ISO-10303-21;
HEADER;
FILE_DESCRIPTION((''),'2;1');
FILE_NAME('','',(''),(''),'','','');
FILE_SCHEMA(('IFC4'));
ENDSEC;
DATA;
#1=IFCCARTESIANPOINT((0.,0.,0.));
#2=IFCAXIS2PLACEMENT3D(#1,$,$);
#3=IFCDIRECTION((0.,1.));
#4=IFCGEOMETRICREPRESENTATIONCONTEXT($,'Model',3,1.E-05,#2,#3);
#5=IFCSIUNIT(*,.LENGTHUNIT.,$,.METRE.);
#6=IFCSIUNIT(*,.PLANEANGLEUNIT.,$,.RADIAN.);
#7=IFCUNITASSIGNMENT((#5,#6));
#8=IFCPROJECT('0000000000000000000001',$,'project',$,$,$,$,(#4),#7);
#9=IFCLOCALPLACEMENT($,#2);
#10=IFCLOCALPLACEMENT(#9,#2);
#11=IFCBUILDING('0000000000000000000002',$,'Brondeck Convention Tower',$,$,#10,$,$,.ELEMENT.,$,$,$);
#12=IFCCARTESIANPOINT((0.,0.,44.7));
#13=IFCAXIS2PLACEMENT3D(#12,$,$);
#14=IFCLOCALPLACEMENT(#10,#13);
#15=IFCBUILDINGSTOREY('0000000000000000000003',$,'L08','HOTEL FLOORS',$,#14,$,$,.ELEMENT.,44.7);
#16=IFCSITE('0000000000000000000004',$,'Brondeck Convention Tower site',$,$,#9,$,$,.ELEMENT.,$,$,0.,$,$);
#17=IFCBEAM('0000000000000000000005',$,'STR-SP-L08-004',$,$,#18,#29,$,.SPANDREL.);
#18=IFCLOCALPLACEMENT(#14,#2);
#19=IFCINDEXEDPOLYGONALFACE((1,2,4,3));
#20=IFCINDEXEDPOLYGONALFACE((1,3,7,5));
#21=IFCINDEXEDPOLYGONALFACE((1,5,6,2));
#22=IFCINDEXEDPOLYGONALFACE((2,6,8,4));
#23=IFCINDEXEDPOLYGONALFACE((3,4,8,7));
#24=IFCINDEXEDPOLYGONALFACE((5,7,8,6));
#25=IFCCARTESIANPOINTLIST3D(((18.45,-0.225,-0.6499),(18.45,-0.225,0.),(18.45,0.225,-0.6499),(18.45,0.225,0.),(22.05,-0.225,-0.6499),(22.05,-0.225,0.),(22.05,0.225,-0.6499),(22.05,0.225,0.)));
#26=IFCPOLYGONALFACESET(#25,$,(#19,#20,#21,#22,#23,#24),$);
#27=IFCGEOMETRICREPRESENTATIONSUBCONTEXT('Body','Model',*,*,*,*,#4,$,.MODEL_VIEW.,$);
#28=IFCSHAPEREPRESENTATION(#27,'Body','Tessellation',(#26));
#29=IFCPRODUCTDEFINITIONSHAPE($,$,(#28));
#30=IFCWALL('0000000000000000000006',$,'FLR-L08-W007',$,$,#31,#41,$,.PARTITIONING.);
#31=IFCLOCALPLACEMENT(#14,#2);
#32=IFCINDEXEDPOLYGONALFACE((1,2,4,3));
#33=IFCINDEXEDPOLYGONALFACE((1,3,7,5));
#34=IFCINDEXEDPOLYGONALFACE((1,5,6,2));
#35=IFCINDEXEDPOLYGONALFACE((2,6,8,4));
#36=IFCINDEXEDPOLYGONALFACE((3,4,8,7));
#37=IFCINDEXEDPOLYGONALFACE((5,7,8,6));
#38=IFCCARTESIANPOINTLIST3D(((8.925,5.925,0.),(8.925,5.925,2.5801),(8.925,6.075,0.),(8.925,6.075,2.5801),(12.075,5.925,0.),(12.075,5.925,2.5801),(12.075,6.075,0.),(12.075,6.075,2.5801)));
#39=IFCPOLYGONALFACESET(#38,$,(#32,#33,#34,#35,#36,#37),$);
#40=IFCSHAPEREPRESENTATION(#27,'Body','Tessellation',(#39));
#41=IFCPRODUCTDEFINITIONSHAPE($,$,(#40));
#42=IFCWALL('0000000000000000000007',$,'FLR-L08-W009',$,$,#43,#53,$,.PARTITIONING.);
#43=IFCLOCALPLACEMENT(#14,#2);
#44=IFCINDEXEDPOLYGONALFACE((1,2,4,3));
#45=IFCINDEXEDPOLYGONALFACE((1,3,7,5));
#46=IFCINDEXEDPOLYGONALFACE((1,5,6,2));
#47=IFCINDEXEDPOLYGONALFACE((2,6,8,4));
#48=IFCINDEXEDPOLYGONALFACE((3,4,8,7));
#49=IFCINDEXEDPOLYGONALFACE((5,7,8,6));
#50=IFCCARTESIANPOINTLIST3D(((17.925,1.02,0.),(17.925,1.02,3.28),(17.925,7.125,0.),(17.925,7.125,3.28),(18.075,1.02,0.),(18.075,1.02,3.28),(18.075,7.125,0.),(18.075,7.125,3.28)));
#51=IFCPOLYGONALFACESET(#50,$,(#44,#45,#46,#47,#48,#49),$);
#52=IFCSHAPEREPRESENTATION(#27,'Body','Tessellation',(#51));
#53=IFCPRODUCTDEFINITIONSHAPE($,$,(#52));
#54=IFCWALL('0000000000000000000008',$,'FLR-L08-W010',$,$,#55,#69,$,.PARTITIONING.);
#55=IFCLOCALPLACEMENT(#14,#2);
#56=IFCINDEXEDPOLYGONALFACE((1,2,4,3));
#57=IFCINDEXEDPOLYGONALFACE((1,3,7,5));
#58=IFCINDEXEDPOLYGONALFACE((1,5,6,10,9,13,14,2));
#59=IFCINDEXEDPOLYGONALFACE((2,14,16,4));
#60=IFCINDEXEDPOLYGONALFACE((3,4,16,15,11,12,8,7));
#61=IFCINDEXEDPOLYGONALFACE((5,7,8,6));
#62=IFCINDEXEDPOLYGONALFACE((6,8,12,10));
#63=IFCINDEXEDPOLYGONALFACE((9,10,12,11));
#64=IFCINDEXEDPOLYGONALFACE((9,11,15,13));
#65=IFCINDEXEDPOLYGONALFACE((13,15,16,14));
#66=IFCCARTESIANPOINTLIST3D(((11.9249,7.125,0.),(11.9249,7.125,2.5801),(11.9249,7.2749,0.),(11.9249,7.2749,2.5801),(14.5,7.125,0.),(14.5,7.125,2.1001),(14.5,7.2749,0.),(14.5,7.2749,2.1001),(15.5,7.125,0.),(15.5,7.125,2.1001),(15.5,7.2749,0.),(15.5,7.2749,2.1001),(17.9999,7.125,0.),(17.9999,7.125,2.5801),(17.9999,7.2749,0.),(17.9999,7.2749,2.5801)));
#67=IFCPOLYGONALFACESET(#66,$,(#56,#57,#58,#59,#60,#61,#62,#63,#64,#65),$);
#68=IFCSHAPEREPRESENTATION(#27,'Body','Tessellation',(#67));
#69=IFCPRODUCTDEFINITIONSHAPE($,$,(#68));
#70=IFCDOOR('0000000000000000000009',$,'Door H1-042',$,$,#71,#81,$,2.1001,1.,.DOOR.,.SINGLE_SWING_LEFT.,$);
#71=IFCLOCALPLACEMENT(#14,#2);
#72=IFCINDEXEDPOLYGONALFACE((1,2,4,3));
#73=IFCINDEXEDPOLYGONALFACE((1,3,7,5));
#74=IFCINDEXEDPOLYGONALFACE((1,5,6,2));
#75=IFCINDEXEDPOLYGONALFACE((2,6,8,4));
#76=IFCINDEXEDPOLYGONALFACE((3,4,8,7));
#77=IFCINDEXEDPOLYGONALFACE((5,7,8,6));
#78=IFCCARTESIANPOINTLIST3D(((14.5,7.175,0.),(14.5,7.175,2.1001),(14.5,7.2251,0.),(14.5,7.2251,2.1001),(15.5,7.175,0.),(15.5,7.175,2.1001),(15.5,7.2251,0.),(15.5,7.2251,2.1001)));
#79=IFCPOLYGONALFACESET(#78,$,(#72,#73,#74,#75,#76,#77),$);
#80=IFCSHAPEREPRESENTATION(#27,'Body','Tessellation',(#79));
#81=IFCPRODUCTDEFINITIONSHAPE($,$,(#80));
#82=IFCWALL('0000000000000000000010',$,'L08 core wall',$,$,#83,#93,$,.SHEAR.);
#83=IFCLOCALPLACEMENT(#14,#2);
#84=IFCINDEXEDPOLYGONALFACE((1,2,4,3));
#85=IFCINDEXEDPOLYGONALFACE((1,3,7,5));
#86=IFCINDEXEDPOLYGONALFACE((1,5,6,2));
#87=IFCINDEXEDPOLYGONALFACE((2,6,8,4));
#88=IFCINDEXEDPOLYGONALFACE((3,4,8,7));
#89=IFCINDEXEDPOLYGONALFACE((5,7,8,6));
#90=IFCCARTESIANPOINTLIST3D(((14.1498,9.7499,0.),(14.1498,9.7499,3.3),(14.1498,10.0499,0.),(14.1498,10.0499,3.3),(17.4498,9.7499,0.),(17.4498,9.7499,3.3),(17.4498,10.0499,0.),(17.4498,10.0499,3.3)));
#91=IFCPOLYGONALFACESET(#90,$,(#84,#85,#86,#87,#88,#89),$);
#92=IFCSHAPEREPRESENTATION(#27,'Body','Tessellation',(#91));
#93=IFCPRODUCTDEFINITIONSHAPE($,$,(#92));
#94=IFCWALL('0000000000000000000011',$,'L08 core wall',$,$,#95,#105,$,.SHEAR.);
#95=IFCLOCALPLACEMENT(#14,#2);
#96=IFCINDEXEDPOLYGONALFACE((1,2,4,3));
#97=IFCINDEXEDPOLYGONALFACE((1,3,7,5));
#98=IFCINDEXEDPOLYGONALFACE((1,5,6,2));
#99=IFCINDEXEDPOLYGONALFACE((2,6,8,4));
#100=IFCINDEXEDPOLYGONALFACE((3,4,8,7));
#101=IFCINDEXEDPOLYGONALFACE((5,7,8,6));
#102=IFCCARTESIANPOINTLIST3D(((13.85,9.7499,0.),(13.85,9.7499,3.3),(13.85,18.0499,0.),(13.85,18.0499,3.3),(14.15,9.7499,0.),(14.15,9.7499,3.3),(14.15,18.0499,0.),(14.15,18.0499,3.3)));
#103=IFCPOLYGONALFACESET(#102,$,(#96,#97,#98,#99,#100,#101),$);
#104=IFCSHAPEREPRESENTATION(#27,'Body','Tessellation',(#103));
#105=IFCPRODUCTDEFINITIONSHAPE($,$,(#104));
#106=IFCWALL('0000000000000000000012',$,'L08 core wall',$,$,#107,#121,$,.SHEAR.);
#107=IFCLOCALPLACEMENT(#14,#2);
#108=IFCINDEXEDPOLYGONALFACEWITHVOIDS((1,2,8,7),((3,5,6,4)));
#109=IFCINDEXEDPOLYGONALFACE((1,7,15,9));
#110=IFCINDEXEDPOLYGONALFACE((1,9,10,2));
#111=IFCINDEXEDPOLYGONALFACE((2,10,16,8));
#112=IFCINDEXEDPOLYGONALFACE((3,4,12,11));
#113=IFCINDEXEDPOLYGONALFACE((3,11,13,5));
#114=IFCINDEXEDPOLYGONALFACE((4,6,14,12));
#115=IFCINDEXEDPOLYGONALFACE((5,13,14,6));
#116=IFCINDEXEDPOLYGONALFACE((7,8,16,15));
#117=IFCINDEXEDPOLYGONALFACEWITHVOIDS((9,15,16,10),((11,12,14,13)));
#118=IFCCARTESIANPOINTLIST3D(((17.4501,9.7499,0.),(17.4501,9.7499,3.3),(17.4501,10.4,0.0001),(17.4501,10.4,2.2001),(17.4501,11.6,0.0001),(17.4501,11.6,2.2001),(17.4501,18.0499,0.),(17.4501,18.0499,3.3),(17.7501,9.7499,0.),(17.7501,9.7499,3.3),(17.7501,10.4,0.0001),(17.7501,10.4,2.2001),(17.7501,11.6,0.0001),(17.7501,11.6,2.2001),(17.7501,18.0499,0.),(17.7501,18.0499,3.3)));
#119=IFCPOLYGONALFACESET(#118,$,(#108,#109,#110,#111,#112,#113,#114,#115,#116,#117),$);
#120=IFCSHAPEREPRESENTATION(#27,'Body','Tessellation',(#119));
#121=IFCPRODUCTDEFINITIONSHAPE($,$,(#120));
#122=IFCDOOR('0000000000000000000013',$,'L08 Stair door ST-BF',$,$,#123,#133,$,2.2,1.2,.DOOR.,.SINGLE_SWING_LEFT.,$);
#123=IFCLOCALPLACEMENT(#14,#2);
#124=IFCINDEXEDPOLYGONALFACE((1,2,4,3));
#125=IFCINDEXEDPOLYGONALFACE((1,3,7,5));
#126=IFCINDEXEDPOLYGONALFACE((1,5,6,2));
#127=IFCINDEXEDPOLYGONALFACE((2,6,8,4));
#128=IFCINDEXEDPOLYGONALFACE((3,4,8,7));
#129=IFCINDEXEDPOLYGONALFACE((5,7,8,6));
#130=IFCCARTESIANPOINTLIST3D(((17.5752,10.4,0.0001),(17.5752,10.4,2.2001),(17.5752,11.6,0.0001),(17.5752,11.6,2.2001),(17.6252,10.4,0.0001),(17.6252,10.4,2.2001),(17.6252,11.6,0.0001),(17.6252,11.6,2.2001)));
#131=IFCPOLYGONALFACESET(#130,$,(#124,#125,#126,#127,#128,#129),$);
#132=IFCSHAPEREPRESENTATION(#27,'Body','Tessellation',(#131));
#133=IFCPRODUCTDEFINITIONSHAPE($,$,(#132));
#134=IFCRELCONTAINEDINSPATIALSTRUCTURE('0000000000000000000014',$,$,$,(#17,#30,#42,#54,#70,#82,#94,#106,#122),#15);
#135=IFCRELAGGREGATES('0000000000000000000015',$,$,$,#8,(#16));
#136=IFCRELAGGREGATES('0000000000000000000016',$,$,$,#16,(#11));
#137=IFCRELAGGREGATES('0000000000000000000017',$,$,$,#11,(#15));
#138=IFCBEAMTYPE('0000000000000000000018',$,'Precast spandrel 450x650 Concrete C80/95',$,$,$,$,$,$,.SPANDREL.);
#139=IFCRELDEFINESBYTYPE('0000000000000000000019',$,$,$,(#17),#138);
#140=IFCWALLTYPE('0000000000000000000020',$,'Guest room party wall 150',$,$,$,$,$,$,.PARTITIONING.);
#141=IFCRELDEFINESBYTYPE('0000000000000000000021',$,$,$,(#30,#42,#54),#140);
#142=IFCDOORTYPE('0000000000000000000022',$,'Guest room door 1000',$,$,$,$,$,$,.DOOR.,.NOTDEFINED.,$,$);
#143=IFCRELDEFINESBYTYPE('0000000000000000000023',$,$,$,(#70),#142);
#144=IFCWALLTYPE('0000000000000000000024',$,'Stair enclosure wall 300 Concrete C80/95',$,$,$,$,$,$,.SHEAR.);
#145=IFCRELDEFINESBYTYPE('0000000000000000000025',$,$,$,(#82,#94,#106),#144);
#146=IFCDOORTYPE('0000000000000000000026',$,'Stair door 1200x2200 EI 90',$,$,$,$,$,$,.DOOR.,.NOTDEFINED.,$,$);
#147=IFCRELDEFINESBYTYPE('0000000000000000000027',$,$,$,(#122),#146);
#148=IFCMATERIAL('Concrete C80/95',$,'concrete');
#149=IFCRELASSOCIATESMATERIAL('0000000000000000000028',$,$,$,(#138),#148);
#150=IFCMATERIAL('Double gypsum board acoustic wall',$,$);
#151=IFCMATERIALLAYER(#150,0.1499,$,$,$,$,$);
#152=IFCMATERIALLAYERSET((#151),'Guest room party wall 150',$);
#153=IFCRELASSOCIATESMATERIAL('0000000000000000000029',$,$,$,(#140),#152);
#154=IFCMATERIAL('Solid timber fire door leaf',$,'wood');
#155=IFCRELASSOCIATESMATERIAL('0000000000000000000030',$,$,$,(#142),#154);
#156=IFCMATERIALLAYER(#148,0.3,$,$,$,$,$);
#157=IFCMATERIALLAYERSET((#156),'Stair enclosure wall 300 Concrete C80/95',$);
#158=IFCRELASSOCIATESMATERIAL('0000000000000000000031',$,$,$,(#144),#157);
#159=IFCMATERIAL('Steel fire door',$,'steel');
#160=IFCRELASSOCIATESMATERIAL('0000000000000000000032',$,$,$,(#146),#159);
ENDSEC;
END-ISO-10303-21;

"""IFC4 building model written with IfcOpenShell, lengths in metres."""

from ifc_helpers import new_model, si_unit, direction, frame, frame_2d, origin, origin_2d, place, context, subcontext, project, spatial, rectangle, extrude, material, layer, layer_set, material_profile, profile_set, type_object, element, fill, save


model = new_model("IFC4")

# Units and contexts
model_context = context("Model", 3, precision=1e-05, world=origin(), true_north=direction((0.0, 1.0)))
body_context = subcontext(model_context, "Body", "Model", "MODEL_VIEW")
ifc_project = project(units=[si_unit("LENGTHUNIT", "METRE"), si_unit("PLANEANGLEUNIT", "RADIAN")], contexts=[model_context])

# Site, building, storey
site_placement = place(None, origin())
site = spatial("IfcSite", under=ifc_project, at=site_placement, Name="Brondeck Convention Tower site", CompositionType="ELEMENT", RefElevation=0.0)
building_placement = place(site_placement, origin())
building = spatial("IfcBuilding", under=site, at=building_placement, Name="Brondeck Convention Tower", CompositionType="ELEMENT")
storey_placement = place(building_placement, frame((0.0, 0.0, 44.7)))
storey = spatial("IfcBuildingStorey", under=building, at=storey_placement, Name="L08", Description="HOTEL FLOORS", CompositionType="ELEMENT", Elevation=44.7)

# Shared definitions
ifc_material_1 = material(Name="Concrete C80/95", Category="concrete")

# Beam
ifc_material_profile_1 = material_profile(ifc_material_1, rectangle(XDim=0.45, YDim=0.6499, at=origin_2d()), Name="Precast spandrel 450x650 Concrete C80/95")
ifc_profile_set_1 = profile_set([ifc_material_profile_1], Name="Concrete C80/95")
beam_type_1 = type_object("IfcBeamType", Name="Precast spandrel 450x650 Concrete C80/95", PredefinedType="SPANDREL", material=ifc_profile_set_1)
for number, where, z_axis, x_axis, name in (
    (1, (18.45, 0.0, -0.325), (1.0, 0.0, 0.0), (0.0, 1.0, 0.0), "STR-SP-L08-004"),
):
    element("IfcBeam", number, at=place(storey_placement, frame(where, z_axis=z_axis, x_axis=x_axis)), inside=storey, type_object=beam_type_1, Name=name, PredefinedType="SPANDREL", context=body_context, shape_type="SweptSolid", body=[
        extrude(rectangle(XDim=0.45, YDim=0.6499, at=origin_2d()), origin(), (0.0, 0.0, 1.0), 3.6001),
    ])

# Walls
ifc_material_2 = material(Name="Double gypsum board acoustic wall")
ifc_layer_1 = layer(ifc_material_2, 0.1499)
ifc_layer_set_1 = layer_set([ifc_layer_1], Name="Guest room party wall 150")
wall_type_1 = type_object("IfcWallType", Name="Guest room party wall 150", PredefinedType="PARTITIONING", material=ifc_layer_set_1)
wall_1_placement = place(storey_placement, frame((12.075, 6.0, 0.0), z_axis=(0.0, 0.0, 1.0), x_axis=(-1.0, 0.0, 0.0)))
element("IfcWall", 2, at=wall_1_placement, inside=storey, type_object=wall_type_1, Name="FLR-L08-W007", PredefinedType="PARTITIONING", context=body_context, shape_type="SweptSolid", body=[
    extrude(rectangle(XDim=3.1499, YDim=0.1499, at=frame_2d((1.575, 0.0))), origin(), (0.0, 0.0, 1.0), 2.5801),
])
wall_2_placement = place(storey_placement, frame((18.0, 7.125, 0.0), z_axis=(0.0, 0.0, 1.0), x_axis=(0.0, -1.0, 0.0)))
element("IfcWall", 3, at=wall_2_placement, inside=storey, type_object=wall_type_1, Name="FLR-L08-W009", PredefinedType="PARTITIONING", context=body_context, shape_type="SweptSolid", body=[
    extrude(rectangle(XDim=6.105, YDim=0.1499, at=frame_2d((3.0525, 0.0))), origin(), (0.0, 0.0, 1.0), 3.28),
])

# Wall, opening, door
wall_3_placement = place(storey_placement, frame((18.0, 7.2, 0.0), z_axis=(0.0, 0.0, 1.0), x_axis=(-1.0, 0.0, 0.0)))
wall_3 = element("IfcWall", 4, at=wall_3_placement, inside=storey, type_object=wall_type_1, Name="FLR-L08-W010", PredefinedType="PARTITIONING", context=body_context, shape_type="SweptSolid", body=[
    extrude(rectangle(XDim=6.075, YDim=0.1499, at=frame_2d((3.0376, 0.0))), origin(), (0.0, 0.0, 1.0), 2.5801),
])
opening_1_placement = place(wall_3_placement, frame((2.5, 0.0, 0.0)))
opening_1 = element("IfcOpeningElement", 5, at=opening_1_placement, cuts=wall_3, PredefinedType="OPENING", context=body_context, shape_type="SweptSolid", body=[
    extrude(rectangle(XDim=1.0, YDim=2.1001, at=frame_2d((0.5, 1.05))), frame((0.0, 0.085, 0.0), z_axis=(0.0, -1.0, 0.0), x_axis=(1.0, 0.0, 0.0)), (0.0, 0.0, 1.0), 0.1699),
])
ifc_material_3 = material(Name="Solid timber fire door leaf", Category="wood")
door_type_1 = type_object("IfcDoorType", Name="Guest room door 1000", OperationType="NOTDEFINED", PredefinedType="DOOR", material=ifc_material_3)
door_1_placement = place(opening_1_placement, origin())
door_1 = element("IfcDoor", 6, at=door_1_placement, inside=storey, type_object=door_type_1, Name="Door H1-042", OperationType="SINGLE_SWING_LEFT", OverallHeight=2.1001, OverallWidth=1.0, PredefinedType="DOOR", context=body_context, shape_type="SweptSolid", body=[
    extrude(rectangle(XDim=1.0, YDim=2.1001, at=frame_2d((0.5, 1.05))), frame((0.0, 0.0249, 0.0), z_axis=(0.0, -1.0, 0.0), x_axis=(1.0, 0.0, 0.0)), (0.0, 0.0, 1.0), 0.05),
])
fill(opening_1, door_1)

# Walls
ifc_layer_2 = layer(ifc_material_1, 0.3)
ifc_layer_set_2 = layer_set([ifc_layer_2], Name="Stair enclosure wall 300 Concrete C80/95")
wall_type_2 = type_object("IfcWallType", Name="Stair enclosure wall 300 Concrete C80/95", PredefinedType="SHEAR", material=ifc_layer_set_2)
wall_4_placement = place(storey_placement, frame((14.1499, 9.8999, 0.0), z_axis=(0.0, 0.0, 1.0), x_axis=(1.0, 0.0, 0.0)))
element("IfcWall", 7, at=wall_4_placement, inside=storey, type_object=wall_type_2, Name="L08 core wall", PredefinedType="SHEAR", context=body_context, shape_type="SweptSolid", body=[
    extrude(rectangle(XDim=3.3, YDim=0.3, at=frame_2d((1.6499, 0.0))), origin(), (0.0, 0.0, 1.0), 3.3),
])
wall_5_placement = place(storey_placement, frame((14.0, 9.75, 0.0), z_axis=(0.0, 0.0, 1.0), x_axis=(0.0, 1.0, 0.0)))
element("IfcWall", 8, at=wall_5_placement, inside=storey, type_object=wall_type_2, Name="L08 core wall", PredefinedType="SHEAR", context=body_context, shape_type="SweptSolid", body=[
    extrude(rectangle(XDim=8.3, YDim=0.3, at=frame_2d((4.1499, 0.0))), origin(), (0.0, 0.0, 1.0), 3.3),
])

# Wall, opening, door
wall_6_placement = place(storey_placement, frame((17.6001, 9.75, 0.0), z_axis=(0.0, 0.0, 1.0), x_axis=(0.0, 1.0, 0.0)))
wall_6 = element("IfcWall", 9, at=wall_6_placement, inside=storey, type_object=wall_type_2, Name="L08 core wall", PredefinedType="SHEAR", context=body_context, shape_type="SweptSolid", body=[
    extrude(rectangle(XDim=8.3, YDim=0.3, at=frame_2d((4.1499, 0.0))), origin(), (0.0, 0.0, 1.0), 3.3),
])
opening_2_placement = place(wall_6_placement, frame((0.6499, 0.0, 0.0)))
opening_2 = element("IfcOpeningElement", 10, at=opening_2_placement, cuts=wall_6, PredefinedType="OPENING", context=body_context, shape_type="SweptSolid", body=[
    extrude(rectangle(XDim=1.2, YDim=2.2, at=frame_2d((0.6001, 1.1001))), frame((0.0, 0.1599, 0.0), z_axis=(0.0, -1.0, 0.0), x_axis=(1.0, 0.0, 0.0)), (0.0, 0.0, 1.0), 0.3201),
])
ifc_material_4 = material(Name="Steel fire door", Category="steel")
door_type_2 = type_object("IfcDoorType", Name="Stair door 1200x2200 EI 90", OperationType="NOTDEFINED", PredefinedType="DOOR", material=ifc_material_4)
door_2_placement = place(opening_2_placement, origin())
door_2 = element("IfcDoor", 11, at=door_2_placement, inside=storey, type_object=door_type_2, Name="L08 Stair door ST-BF", OperationType="SINGLE_SWING_LEFT", OverallHeight=2.2, OverallWidth=1.2, PredefinedType="DOOR", context=body_context, shape_type="SweptSolid", body=[
    extrude(rectangle(XDim=1.2, YDim=2.2, at=frame_2d((0.6001, 1.1001))), frame((0.0, 0.0249, 0.0), z_axis=(0.0, -1.0, 0.0), x_axis=(1.0, 0.0, 0.0)), (0.0, 0.0, 1.0), 0.05),
])
fill(opening_2, door_2)

save(model, "model.ifc")
